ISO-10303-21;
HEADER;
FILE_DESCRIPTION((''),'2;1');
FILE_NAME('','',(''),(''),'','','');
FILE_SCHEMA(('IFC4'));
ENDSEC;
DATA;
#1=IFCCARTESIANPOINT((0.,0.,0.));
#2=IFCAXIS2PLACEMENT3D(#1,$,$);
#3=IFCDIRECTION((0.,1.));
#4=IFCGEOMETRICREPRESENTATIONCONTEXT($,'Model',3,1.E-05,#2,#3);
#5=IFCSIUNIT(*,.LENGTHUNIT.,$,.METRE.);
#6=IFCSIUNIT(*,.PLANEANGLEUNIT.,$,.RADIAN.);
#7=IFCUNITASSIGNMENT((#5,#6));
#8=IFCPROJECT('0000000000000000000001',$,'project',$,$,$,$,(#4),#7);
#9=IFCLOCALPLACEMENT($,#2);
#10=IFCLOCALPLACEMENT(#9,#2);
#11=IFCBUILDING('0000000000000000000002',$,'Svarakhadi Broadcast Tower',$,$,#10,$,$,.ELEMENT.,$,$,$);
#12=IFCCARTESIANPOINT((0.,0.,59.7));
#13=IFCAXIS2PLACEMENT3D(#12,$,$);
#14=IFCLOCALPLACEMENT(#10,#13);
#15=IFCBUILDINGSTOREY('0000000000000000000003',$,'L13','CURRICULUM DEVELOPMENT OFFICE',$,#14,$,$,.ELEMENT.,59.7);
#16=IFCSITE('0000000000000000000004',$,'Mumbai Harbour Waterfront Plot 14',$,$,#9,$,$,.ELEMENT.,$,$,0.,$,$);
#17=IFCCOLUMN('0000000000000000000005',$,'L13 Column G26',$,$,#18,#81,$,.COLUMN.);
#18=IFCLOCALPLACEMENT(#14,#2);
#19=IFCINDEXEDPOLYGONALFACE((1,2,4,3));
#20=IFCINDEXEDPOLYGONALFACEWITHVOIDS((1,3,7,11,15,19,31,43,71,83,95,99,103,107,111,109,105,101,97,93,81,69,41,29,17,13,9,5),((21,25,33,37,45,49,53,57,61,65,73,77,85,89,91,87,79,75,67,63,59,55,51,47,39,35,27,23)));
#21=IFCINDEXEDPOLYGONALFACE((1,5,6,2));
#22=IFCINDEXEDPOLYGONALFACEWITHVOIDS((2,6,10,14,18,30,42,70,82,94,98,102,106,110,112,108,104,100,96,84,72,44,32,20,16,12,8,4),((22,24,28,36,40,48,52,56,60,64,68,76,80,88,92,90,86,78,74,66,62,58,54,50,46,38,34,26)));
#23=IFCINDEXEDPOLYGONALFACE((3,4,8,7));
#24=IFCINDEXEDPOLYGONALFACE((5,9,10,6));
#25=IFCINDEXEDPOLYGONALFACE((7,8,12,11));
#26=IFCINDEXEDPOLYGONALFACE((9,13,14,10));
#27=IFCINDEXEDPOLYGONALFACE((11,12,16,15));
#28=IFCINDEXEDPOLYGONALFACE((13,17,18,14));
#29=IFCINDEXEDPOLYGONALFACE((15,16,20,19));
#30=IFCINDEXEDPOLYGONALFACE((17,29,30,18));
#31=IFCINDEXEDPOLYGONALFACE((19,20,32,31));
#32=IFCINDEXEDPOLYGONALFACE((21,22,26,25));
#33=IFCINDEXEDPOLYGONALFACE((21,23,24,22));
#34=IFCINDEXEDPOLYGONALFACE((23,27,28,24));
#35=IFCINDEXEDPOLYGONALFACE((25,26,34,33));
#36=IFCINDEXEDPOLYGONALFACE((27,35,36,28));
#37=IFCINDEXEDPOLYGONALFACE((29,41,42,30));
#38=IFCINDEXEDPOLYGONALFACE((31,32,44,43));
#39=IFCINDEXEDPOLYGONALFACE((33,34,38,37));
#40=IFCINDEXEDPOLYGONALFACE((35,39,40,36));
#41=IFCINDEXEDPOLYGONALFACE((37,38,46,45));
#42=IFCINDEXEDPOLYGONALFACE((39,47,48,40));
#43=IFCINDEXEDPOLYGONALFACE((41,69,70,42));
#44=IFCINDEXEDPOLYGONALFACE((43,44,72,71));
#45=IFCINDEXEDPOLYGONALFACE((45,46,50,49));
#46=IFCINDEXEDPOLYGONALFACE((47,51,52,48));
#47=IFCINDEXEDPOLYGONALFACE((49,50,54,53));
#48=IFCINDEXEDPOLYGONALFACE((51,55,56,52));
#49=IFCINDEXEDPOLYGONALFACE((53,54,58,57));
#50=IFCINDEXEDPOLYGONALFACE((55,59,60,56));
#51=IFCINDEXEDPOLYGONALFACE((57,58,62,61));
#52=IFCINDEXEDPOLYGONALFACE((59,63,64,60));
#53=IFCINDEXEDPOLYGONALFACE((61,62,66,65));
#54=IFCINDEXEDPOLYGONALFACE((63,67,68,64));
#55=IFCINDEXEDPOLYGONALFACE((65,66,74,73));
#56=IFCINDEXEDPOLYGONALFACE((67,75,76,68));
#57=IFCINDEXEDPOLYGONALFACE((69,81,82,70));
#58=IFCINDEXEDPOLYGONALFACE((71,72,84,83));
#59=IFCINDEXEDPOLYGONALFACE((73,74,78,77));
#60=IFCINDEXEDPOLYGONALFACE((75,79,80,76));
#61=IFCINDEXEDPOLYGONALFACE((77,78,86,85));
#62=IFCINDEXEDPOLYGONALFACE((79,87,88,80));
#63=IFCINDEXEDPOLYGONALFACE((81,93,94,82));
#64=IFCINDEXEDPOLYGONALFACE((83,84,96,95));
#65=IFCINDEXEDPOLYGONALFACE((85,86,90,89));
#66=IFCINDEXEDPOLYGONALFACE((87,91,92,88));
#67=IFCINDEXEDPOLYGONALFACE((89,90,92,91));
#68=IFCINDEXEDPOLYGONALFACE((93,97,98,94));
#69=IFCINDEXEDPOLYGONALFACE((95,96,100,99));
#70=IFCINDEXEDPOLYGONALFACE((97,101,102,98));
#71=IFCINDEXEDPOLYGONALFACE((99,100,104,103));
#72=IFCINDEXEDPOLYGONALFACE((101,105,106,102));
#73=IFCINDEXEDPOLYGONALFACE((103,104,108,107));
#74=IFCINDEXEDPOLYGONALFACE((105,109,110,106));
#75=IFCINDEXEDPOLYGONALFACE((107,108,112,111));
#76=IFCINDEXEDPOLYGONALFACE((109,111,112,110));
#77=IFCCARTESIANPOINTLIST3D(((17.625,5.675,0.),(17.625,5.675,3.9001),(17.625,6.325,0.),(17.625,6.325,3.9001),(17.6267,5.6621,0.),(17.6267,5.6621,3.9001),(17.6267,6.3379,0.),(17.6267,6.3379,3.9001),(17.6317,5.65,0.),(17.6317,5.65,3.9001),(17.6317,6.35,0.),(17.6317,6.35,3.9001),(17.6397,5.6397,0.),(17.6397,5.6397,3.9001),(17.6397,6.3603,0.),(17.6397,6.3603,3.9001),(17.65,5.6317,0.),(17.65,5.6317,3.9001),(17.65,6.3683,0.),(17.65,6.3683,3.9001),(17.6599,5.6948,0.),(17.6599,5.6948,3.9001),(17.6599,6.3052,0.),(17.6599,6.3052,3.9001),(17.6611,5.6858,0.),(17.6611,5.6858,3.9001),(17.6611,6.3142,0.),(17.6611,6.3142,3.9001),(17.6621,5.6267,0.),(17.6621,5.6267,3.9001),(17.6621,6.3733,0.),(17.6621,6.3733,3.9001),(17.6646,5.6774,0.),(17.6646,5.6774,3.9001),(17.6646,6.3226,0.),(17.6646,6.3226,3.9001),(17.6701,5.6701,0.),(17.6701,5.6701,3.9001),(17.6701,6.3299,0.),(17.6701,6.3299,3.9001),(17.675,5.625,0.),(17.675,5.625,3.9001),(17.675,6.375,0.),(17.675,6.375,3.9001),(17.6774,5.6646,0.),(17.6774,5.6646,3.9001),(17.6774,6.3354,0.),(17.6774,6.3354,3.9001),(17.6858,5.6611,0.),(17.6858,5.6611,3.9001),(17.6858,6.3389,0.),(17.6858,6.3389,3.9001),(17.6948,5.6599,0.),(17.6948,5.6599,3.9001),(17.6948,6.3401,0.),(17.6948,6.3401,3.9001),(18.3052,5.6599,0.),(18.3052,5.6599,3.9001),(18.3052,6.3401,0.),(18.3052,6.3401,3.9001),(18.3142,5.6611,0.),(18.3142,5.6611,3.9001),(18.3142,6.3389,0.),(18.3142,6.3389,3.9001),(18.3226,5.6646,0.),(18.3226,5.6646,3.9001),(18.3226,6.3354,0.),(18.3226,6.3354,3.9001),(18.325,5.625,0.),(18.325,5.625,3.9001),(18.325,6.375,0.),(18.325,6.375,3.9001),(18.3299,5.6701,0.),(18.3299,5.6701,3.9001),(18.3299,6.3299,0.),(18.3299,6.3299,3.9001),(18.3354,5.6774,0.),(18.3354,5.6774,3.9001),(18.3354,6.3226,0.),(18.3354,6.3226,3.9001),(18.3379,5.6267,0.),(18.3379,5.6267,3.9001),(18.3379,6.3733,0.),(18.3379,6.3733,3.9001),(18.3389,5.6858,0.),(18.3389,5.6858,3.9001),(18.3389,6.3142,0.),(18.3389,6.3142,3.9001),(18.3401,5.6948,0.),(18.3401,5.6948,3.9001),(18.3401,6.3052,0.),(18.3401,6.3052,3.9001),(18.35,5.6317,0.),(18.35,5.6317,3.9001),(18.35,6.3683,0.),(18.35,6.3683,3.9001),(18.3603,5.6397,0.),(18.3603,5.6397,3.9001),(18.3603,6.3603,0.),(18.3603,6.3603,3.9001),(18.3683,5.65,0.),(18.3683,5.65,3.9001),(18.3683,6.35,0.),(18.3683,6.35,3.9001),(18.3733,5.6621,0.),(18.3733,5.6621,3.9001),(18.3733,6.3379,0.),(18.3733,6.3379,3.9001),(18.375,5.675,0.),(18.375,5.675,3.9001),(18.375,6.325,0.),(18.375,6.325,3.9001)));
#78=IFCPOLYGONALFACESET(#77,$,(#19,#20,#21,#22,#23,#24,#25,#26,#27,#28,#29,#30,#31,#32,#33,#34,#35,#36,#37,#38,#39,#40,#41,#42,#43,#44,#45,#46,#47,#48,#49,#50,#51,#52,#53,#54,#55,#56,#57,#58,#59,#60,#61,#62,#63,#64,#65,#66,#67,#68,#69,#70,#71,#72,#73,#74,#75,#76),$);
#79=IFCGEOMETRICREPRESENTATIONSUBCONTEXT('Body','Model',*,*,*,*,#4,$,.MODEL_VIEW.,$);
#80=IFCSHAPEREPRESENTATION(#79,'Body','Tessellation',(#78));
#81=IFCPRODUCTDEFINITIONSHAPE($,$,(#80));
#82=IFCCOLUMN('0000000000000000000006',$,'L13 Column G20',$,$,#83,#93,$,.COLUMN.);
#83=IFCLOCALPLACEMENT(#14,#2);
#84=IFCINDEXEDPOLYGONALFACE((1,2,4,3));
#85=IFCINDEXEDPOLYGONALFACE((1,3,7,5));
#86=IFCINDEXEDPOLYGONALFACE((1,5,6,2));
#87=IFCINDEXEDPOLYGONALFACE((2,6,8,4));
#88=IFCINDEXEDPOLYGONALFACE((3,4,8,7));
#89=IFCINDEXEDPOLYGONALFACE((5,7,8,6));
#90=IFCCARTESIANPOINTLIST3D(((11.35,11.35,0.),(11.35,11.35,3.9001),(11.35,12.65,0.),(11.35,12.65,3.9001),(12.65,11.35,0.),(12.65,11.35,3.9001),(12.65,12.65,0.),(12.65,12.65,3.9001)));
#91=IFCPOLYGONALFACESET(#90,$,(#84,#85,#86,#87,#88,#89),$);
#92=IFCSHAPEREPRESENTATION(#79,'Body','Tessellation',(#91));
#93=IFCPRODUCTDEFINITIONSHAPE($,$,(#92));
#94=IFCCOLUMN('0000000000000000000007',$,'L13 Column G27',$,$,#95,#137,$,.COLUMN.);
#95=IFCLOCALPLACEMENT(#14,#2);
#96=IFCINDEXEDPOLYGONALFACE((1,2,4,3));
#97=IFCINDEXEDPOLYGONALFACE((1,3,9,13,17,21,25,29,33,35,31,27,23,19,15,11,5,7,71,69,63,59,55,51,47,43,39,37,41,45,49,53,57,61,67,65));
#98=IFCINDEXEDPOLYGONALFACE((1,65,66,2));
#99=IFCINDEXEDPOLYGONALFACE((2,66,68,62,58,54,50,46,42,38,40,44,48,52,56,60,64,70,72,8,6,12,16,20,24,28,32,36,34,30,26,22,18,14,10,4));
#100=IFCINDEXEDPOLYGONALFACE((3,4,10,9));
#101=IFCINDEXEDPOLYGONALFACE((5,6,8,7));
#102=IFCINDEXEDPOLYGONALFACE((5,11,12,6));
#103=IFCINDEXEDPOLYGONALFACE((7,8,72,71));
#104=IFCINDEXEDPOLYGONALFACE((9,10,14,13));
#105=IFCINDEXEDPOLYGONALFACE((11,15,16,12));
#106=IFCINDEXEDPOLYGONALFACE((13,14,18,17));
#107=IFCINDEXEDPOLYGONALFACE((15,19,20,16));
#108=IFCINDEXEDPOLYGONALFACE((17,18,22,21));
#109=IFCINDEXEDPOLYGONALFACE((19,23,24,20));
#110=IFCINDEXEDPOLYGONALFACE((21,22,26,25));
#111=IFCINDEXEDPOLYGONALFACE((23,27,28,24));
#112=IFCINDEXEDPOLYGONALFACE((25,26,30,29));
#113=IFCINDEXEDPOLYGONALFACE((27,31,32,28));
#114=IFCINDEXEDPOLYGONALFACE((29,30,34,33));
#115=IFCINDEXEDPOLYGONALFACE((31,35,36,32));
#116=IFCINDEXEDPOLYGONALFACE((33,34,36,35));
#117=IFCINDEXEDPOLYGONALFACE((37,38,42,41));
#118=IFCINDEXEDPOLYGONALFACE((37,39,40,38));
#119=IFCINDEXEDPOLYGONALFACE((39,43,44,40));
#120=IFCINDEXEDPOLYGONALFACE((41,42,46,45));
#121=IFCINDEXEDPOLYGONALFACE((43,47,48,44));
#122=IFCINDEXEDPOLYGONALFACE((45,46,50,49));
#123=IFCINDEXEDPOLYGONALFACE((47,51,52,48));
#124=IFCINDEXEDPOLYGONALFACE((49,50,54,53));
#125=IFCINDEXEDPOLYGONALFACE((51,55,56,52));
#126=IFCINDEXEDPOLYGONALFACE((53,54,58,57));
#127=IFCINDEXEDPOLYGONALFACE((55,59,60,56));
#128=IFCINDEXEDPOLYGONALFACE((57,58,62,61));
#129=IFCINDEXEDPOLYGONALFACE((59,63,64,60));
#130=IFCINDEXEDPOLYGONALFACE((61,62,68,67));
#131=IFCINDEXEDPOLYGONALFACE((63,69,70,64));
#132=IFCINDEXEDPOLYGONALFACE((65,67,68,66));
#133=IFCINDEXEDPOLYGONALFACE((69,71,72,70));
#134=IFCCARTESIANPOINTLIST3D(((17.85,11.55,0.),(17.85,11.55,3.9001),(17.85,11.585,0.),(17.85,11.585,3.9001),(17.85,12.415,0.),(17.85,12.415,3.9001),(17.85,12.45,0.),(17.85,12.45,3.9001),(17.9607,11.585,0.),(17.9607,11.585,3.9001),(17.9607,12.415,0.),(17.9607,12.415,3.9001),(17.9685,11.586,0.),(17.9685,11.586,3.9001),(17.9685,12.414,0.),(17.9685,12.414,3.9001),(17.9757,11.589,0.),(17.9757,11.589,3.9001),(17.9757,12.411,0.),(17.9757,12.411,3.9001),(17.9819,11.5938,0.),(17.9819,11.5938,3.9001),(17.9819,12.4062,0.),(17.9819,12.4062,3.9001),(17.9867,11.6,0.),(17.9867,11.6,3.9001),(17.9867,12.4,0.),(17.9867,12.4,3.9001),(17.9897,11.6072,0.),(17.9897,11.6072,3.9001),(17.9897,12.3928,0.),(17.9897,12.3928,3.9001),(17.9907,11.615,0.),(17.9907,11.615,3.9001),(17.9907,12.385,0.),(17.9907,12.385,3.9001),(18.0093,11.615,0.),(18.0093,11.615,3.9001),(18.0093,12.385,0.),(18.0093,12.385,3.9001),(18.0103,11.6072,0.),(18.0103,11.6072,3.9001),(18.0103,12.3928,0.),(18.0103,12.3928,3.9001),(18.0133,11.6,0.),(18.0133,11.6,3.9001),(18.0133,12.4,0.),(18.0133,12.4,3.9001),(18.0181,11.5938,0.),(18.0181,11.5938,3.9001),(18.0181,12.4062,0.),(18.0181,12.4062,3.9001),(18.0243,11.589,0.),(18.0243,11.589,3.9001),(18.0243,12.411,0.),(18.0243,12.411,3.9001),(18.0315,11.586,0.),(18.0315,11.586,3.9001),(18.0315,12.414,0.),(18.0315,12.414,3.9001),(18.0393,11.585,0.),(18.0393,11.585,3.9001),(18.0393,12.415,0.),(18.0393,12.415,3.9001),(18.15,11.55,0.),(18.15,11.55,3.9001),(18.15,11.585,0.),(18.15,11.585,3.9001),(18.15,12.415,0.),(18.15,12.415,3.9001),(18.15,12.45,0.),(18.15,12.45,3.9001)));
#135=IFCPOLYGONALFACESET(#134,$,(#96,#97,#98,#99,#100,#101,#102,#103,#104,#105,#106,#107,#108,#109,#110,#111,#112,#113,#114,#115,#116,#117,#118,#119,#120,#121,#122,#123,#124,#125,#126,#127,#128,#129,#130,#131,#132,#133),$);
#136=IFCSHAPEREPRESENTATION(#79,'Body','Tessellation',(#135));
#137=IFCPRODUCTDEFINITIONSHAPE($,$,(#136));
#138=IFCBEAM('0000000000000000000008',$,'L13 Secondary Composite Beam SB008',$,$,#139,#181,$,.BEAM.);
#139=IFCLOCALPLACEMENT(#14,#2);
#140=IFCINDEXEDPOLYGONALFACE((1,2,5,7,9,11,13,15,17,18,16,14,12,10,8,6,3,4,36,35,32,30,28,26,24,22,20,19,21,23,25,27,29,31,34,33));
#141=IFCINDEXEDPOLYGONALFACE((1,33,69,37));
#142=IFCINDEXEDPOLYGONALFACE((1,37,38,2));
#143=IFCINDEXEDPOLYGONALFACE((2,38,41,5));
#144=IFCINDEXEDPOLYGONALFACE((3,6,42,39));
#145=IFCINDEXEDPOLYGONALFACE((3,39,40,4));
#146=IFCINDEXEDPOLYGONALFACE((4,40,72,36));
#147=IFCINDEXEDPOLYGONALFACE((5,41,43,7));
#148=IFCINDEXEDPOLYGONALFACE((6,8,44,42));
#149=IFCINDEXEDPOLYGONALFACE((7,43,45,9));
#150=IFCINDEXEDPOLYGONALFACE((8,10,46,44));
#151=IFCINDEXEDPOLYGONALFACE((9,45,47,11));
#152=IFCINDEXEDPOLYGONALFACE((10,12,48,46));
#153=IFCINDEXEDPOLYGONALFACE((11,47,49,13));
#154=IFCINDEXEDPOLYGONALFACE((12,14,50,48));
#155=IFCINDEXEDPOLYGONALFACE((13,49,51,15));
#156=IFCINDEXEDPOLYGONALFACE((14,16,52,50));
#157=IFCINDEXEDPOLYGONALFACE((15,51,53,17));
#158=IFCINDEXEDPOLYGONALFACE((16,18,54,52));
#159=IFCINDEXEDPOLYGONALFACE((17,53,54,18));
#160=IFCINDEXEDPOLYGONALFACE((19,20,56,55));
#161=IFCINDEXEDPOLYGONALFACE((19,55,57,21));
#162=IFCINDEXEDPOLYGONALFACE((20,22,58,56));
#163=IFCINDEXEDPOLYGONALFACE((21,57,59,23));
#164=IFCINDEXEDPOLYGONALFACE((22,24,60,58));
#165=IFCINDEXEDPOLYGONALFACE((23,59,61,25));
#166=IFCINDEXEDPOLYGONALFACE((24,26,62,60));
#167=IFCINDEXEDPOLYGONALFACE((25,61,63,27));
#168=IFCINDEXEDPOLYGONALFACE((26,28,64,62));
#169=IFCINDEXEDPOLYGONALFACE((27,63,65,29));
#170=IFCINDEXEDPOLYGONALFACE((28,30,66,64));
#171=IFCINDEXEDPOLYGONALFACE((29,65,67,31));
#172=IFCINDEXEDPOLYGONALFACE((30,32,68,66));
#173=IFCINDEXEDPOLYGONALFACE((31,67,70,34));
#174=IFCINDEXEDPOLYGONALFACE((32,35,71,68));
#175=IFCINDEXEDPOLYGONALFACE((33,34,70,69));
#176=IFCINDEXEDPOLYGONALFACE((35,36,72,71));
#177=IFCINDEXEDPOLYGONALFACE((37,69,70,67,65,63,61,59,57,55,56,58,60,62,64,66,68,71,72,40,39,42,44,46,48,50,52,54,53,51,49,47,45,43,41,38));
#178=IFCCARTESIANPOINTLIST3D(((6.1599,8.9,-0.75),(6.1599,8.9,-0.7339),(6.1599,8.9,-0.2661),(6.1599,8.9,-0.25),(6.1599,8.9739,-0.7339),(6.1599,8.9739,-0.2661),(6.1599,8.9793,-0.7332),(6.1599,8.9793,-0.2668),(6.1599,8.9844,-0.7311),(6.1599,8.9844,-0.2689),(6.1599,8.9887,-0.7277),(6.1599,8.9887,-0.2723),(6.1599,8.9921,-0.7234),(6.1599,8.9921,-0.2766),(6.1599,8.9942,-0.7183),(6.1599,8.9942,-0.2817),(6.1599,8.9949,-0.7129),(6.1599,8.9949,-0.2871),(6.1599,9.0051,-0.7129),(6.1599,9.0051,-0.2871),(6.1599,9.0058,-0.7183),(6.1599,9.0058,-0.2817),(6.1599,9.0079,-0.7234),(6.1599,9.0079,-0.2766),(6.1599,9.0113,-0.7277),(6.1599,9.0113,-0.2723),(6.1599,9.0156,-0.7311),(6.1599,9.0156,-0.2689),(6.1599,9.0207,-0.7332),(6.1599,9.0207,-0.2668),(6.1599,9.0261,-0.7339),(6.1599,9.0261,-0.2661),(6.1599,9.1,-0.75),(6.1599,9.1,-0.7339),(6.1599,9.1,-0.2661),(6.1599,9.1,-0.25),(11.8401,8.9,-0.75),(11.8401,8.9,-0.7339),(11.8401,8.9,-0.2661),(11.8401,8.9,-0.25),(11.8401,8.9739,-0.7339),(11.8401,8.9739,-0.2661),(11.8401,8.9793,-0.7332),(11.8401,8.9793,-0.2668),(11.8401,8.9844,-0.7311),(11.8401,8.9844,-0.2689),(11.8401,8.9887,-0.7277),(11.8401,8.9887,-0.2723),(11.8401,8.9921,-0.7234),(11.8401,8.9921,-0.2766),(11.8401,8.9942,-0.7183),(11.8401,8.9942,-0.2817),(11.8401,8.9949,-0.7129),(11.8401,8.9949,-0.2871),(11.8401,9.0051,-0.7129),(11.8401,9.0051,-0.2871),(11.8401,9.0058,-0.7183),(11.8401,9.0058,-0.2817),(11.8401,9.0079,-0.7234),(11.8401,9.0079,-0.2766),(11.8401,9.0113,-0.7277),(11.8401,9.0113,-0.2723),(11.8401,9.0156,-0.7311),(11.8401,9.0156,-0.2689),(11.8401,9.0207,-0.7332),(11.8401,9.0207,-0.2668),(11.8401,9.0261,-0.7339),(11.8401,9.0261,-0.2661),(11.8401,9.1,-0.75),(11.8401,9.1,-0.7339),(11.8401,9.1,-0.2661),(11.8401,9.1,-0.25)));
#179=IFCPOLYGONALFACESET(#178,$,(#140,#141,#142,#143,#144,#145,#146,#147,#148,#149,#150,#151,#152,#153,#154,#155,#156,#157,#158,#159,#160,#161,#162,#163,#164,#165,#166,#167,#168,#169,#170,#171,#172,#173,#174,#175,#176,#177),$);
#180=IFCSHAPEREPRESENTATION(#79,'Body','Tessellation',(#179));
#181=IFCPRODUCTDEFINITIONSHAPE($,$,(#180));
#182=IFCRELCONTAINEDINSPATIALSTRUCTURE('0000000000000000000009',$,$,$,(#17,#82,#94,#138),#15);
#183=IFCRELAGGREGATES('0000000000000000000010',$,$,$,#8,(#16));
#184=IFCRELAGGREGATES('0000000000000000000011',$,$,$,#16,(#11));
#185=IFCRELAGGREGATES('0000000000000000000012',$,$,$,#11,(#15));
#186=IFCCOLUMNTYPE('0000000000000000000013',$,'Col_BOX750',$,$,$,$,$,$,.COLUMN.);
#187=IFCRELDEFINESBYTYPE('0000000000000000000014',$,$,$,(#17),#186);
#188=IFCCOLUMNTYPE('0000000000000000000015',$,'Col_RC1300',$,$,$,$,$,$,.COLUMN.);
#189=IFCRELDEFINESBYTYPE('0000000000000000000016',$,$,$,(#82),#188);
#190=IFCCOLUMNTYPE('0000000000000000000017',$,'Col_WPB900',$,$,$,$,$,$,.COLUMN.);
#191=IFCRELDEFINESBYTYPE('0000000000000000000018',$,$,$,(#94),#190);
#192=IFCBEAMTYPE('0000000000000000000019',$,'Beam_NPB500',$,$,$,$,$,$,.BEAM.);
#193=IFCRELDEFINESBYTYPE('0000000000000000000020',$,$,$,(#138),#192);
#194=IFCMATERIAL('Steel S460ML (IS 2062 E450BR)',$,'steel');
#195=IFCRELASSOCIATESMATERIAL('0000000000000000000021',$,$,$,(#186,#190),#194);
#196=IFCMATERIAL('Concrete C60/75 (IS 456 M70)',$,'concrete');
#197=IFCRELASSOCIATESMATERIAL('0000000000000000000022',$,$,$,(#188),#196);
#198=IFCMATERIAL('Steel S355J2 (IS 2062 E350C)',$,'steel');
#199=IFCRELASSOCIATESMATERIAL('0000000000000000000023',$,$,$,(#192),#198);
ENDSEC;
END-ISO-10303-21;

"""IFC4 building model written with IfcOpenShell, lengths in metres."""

from ifc_helpers import new_model, si_unit, direction, frame, origin, origin_2d, place, context, subcontext, project, spatial, rectangle, hollow_rectangle, i_section, extrude, material, material_profile, profile_set, type_object, element, save


model = new_model("IFC4")

# Units and contexts
model_context = context("Model", 3, precision=1e-05, world=origin(), true_north=direction((0.0, 1.0)))
body_context = subcontext(model_context, "Body", "Model", "MODEL_VIEW")
ifc_project = project(units=[si_unit("LENGTHUNIT", "METRE"), si_unit("PLANEANGLEUNIT", "RADIAN")], contexts=[model_context])

# Site, building, storey
site_placement = place(None, origin())
site = spatial("IfcSite", under=ifc_project, at=site_placement, Name="Mumbai Harbour Waterfront Plot 14", CompositionType="ELEMENT", RefElevation=0.0)
building_placement = place(site_placement, origin())
building = spatial("IfcBuilding", under=site, at=building_placement, Name="Svarakhadi Broadcast Tower", CompositionType="ELEMENT")
storey_placement = place(building_placement, frame((0.0, 0.0, 59.7)))
storey = spatial("IfcBuildingStorey", under=building, at=storey_placement, Name="L13", Description="CURRICULUM DEVELOPMENT OFFICE", CompositionType="ELEMENT", Elevation=59.7)

# Columns
ifc_material_1 = material(Name="Steel S460ML (IS 2062 E450BR)", Category="steel")
ifc_material_profile_1 = material_profile(ifc_material_1, hollow_rectangle(XDim=0.75, YDim=0.75, WallThickness=0.0349, InnerFilletRadius=0.0349, OuterFilletRadius=0.05, at=origin_2d()), Name="BOX 750x750x35")
ifc_profile_set_1 = profile_set([ifc_material_profile_1], Name="Steel S460ML (IS 2062 E450BR)")
column_type_1 = type_object("IfcColumnType", Name="Col_BOX750", PredefinedType="COLUMN", material=ifc_profile_set_1)
column_1_placement = place(storey_placement, frame((18.0, 6.0, 0.0), z_axis=(0.0, 0.0, 1.0), x_axis=(1.0, 0.0, 0.0)))
element("IfcColumn", 1, at=column_1_placement, inside=storey, type_object=column_type_1, Name="L13 Column G26", PredefinedType="COLUMN", context=body_context, shape_type="SweptSolid", body=[
    extrude(hollow_rectangle(XDim=0.75, YDim=0.75, WallThickness=0.0349, InnerFilletRadius=0.0349, OuterFilletRadius=0.05, at=origin_2d()), origin(), (0.0, 0.0, 1.0), 3.9001),
])
ifc_material_2 = material(Name="Concrete C60/75 (IS 456 M70)", Category="concrete")
ifc_material_profile_2 = material_profile(ifc_material_2, rectangle(XDim=1.3, YDim=1.3, at=origin_2d()), Name="RC 1300x1300")
ifc_profile_set_2 = profile_set([ifc_material_profile_2], Name="Concrete C60/75 (IS 456 M70)")
column_type_2 = type_object("IfcColumnType", Name="Col_RC1300", PredefinedType="COLUMN", material=ifc_profile_set_2)
column_2_placement = place(storey_placement, frame((12.0, 12.0, 0.0), z_axis=(0.0, 0.0, 1.0), x_axis=(1.0, 0.0, 0.0)))
element("IfcColumn", 2, at=column_2_placement, inside=storey, type_object=column_type_2, Name="L13 Column G20", PredefinedType="COLUMN", context=body_context, shape_type="SweptSolid", body=[
    extrude(rectangle(XDim=1.3, YDim=1.3, at=origin_2d()), origin(), (0.0, 0.0, 1.0), 3.9001),
])
ifc_material_profile_3 = material_profile(ifc_material_1, i_section(OverallWidth=0.3, OverallDepth=0.8999, WebThickness=0.0186, FlangeThickness=0.0349, FilletRadius=0.03, at=origin_2d()), Name="WPB 900x300x291")
ifc_profile_set_3 = profile_set([ifc_material_profile_3], Name="Steel S460ML (IS 2062 E450BR)")
column_type_3 = type_object("IfcColumnType", Name="Col_WPB900", PredefinedType="COLUMN", material=ifc_profile_set_3)
column_3_placement = place(storey_placement, frame((18.0, 12.0, 0.0), z_axis=(0.0, 0.0, 1.0), x_axis=(1.0, 0.0, 0.0)))
element("IfcColumn", 3, at=column_3_placement, inside=storey, type_object=column_type_3, Name="L13 Column G27", PredefinedType="COLUMN", context=body_context, shape_type="SweptSolid", body=[
    extrude(i_section(OverallWidth=0.3, OverallDepth=0.8999, WebThickness=0.0186, FlangeThickness=0.0349, FilletRadius=0.03, at=origin_2d()), origin(), (0.0, 0.0, 1.0), 3.9001),
])

# Beam
ifc_material_3 = material(Name="Steel S355J2 (IS 2062 E350C)", Category="steel")
ifc_material_profile_4 = material_profile(ifc_material_3, i_section(OverallWidth=0.2, OverallDepth=0.5, WebThickness=0.0103, FlangeThickness=0.0161, FilletRadius=0.021, at=origin_2d()), Name="NPB 500x200x91")
ifc_profile_set_4 = profile_set([ifc_material_profile_4], Name="Steel S355J2 (IS 2062 E350C)")
beam_type_1 = type_object("IfcBeamType", Name="Beam_NPB500", PredefinedType="BEAM", material=ifc_profile_set_4)
for number, where, z_axis, x_axis, name in (
    (4, (6.1599, 9.0, -0.5), (1.0, 0.0, 0.0), (0.0, 1.0, 0.0), "L13 Secondary Composite Beam SB008"),
):
    element("IfcBeam", number, at=place(storey_placement, frame(where, z_axis=z_axis, x_axis=x_axis)), inside=storey, type_object=beam_type_1, Name=name, PredefinedType="BEAM", context=body_context, shape_type="SweptSolid", body=[
        extrude(i_section(OverallWidth=0.2, OverallDepth=0.5, WebThickness=0.0103, FlangeThickness=0.0161, FilletRadius=0.021, at=origin_2d()), origin(), (0.0, 0.0, 1.0), 5.6802),
    ])

save(model, "model.ifc")
